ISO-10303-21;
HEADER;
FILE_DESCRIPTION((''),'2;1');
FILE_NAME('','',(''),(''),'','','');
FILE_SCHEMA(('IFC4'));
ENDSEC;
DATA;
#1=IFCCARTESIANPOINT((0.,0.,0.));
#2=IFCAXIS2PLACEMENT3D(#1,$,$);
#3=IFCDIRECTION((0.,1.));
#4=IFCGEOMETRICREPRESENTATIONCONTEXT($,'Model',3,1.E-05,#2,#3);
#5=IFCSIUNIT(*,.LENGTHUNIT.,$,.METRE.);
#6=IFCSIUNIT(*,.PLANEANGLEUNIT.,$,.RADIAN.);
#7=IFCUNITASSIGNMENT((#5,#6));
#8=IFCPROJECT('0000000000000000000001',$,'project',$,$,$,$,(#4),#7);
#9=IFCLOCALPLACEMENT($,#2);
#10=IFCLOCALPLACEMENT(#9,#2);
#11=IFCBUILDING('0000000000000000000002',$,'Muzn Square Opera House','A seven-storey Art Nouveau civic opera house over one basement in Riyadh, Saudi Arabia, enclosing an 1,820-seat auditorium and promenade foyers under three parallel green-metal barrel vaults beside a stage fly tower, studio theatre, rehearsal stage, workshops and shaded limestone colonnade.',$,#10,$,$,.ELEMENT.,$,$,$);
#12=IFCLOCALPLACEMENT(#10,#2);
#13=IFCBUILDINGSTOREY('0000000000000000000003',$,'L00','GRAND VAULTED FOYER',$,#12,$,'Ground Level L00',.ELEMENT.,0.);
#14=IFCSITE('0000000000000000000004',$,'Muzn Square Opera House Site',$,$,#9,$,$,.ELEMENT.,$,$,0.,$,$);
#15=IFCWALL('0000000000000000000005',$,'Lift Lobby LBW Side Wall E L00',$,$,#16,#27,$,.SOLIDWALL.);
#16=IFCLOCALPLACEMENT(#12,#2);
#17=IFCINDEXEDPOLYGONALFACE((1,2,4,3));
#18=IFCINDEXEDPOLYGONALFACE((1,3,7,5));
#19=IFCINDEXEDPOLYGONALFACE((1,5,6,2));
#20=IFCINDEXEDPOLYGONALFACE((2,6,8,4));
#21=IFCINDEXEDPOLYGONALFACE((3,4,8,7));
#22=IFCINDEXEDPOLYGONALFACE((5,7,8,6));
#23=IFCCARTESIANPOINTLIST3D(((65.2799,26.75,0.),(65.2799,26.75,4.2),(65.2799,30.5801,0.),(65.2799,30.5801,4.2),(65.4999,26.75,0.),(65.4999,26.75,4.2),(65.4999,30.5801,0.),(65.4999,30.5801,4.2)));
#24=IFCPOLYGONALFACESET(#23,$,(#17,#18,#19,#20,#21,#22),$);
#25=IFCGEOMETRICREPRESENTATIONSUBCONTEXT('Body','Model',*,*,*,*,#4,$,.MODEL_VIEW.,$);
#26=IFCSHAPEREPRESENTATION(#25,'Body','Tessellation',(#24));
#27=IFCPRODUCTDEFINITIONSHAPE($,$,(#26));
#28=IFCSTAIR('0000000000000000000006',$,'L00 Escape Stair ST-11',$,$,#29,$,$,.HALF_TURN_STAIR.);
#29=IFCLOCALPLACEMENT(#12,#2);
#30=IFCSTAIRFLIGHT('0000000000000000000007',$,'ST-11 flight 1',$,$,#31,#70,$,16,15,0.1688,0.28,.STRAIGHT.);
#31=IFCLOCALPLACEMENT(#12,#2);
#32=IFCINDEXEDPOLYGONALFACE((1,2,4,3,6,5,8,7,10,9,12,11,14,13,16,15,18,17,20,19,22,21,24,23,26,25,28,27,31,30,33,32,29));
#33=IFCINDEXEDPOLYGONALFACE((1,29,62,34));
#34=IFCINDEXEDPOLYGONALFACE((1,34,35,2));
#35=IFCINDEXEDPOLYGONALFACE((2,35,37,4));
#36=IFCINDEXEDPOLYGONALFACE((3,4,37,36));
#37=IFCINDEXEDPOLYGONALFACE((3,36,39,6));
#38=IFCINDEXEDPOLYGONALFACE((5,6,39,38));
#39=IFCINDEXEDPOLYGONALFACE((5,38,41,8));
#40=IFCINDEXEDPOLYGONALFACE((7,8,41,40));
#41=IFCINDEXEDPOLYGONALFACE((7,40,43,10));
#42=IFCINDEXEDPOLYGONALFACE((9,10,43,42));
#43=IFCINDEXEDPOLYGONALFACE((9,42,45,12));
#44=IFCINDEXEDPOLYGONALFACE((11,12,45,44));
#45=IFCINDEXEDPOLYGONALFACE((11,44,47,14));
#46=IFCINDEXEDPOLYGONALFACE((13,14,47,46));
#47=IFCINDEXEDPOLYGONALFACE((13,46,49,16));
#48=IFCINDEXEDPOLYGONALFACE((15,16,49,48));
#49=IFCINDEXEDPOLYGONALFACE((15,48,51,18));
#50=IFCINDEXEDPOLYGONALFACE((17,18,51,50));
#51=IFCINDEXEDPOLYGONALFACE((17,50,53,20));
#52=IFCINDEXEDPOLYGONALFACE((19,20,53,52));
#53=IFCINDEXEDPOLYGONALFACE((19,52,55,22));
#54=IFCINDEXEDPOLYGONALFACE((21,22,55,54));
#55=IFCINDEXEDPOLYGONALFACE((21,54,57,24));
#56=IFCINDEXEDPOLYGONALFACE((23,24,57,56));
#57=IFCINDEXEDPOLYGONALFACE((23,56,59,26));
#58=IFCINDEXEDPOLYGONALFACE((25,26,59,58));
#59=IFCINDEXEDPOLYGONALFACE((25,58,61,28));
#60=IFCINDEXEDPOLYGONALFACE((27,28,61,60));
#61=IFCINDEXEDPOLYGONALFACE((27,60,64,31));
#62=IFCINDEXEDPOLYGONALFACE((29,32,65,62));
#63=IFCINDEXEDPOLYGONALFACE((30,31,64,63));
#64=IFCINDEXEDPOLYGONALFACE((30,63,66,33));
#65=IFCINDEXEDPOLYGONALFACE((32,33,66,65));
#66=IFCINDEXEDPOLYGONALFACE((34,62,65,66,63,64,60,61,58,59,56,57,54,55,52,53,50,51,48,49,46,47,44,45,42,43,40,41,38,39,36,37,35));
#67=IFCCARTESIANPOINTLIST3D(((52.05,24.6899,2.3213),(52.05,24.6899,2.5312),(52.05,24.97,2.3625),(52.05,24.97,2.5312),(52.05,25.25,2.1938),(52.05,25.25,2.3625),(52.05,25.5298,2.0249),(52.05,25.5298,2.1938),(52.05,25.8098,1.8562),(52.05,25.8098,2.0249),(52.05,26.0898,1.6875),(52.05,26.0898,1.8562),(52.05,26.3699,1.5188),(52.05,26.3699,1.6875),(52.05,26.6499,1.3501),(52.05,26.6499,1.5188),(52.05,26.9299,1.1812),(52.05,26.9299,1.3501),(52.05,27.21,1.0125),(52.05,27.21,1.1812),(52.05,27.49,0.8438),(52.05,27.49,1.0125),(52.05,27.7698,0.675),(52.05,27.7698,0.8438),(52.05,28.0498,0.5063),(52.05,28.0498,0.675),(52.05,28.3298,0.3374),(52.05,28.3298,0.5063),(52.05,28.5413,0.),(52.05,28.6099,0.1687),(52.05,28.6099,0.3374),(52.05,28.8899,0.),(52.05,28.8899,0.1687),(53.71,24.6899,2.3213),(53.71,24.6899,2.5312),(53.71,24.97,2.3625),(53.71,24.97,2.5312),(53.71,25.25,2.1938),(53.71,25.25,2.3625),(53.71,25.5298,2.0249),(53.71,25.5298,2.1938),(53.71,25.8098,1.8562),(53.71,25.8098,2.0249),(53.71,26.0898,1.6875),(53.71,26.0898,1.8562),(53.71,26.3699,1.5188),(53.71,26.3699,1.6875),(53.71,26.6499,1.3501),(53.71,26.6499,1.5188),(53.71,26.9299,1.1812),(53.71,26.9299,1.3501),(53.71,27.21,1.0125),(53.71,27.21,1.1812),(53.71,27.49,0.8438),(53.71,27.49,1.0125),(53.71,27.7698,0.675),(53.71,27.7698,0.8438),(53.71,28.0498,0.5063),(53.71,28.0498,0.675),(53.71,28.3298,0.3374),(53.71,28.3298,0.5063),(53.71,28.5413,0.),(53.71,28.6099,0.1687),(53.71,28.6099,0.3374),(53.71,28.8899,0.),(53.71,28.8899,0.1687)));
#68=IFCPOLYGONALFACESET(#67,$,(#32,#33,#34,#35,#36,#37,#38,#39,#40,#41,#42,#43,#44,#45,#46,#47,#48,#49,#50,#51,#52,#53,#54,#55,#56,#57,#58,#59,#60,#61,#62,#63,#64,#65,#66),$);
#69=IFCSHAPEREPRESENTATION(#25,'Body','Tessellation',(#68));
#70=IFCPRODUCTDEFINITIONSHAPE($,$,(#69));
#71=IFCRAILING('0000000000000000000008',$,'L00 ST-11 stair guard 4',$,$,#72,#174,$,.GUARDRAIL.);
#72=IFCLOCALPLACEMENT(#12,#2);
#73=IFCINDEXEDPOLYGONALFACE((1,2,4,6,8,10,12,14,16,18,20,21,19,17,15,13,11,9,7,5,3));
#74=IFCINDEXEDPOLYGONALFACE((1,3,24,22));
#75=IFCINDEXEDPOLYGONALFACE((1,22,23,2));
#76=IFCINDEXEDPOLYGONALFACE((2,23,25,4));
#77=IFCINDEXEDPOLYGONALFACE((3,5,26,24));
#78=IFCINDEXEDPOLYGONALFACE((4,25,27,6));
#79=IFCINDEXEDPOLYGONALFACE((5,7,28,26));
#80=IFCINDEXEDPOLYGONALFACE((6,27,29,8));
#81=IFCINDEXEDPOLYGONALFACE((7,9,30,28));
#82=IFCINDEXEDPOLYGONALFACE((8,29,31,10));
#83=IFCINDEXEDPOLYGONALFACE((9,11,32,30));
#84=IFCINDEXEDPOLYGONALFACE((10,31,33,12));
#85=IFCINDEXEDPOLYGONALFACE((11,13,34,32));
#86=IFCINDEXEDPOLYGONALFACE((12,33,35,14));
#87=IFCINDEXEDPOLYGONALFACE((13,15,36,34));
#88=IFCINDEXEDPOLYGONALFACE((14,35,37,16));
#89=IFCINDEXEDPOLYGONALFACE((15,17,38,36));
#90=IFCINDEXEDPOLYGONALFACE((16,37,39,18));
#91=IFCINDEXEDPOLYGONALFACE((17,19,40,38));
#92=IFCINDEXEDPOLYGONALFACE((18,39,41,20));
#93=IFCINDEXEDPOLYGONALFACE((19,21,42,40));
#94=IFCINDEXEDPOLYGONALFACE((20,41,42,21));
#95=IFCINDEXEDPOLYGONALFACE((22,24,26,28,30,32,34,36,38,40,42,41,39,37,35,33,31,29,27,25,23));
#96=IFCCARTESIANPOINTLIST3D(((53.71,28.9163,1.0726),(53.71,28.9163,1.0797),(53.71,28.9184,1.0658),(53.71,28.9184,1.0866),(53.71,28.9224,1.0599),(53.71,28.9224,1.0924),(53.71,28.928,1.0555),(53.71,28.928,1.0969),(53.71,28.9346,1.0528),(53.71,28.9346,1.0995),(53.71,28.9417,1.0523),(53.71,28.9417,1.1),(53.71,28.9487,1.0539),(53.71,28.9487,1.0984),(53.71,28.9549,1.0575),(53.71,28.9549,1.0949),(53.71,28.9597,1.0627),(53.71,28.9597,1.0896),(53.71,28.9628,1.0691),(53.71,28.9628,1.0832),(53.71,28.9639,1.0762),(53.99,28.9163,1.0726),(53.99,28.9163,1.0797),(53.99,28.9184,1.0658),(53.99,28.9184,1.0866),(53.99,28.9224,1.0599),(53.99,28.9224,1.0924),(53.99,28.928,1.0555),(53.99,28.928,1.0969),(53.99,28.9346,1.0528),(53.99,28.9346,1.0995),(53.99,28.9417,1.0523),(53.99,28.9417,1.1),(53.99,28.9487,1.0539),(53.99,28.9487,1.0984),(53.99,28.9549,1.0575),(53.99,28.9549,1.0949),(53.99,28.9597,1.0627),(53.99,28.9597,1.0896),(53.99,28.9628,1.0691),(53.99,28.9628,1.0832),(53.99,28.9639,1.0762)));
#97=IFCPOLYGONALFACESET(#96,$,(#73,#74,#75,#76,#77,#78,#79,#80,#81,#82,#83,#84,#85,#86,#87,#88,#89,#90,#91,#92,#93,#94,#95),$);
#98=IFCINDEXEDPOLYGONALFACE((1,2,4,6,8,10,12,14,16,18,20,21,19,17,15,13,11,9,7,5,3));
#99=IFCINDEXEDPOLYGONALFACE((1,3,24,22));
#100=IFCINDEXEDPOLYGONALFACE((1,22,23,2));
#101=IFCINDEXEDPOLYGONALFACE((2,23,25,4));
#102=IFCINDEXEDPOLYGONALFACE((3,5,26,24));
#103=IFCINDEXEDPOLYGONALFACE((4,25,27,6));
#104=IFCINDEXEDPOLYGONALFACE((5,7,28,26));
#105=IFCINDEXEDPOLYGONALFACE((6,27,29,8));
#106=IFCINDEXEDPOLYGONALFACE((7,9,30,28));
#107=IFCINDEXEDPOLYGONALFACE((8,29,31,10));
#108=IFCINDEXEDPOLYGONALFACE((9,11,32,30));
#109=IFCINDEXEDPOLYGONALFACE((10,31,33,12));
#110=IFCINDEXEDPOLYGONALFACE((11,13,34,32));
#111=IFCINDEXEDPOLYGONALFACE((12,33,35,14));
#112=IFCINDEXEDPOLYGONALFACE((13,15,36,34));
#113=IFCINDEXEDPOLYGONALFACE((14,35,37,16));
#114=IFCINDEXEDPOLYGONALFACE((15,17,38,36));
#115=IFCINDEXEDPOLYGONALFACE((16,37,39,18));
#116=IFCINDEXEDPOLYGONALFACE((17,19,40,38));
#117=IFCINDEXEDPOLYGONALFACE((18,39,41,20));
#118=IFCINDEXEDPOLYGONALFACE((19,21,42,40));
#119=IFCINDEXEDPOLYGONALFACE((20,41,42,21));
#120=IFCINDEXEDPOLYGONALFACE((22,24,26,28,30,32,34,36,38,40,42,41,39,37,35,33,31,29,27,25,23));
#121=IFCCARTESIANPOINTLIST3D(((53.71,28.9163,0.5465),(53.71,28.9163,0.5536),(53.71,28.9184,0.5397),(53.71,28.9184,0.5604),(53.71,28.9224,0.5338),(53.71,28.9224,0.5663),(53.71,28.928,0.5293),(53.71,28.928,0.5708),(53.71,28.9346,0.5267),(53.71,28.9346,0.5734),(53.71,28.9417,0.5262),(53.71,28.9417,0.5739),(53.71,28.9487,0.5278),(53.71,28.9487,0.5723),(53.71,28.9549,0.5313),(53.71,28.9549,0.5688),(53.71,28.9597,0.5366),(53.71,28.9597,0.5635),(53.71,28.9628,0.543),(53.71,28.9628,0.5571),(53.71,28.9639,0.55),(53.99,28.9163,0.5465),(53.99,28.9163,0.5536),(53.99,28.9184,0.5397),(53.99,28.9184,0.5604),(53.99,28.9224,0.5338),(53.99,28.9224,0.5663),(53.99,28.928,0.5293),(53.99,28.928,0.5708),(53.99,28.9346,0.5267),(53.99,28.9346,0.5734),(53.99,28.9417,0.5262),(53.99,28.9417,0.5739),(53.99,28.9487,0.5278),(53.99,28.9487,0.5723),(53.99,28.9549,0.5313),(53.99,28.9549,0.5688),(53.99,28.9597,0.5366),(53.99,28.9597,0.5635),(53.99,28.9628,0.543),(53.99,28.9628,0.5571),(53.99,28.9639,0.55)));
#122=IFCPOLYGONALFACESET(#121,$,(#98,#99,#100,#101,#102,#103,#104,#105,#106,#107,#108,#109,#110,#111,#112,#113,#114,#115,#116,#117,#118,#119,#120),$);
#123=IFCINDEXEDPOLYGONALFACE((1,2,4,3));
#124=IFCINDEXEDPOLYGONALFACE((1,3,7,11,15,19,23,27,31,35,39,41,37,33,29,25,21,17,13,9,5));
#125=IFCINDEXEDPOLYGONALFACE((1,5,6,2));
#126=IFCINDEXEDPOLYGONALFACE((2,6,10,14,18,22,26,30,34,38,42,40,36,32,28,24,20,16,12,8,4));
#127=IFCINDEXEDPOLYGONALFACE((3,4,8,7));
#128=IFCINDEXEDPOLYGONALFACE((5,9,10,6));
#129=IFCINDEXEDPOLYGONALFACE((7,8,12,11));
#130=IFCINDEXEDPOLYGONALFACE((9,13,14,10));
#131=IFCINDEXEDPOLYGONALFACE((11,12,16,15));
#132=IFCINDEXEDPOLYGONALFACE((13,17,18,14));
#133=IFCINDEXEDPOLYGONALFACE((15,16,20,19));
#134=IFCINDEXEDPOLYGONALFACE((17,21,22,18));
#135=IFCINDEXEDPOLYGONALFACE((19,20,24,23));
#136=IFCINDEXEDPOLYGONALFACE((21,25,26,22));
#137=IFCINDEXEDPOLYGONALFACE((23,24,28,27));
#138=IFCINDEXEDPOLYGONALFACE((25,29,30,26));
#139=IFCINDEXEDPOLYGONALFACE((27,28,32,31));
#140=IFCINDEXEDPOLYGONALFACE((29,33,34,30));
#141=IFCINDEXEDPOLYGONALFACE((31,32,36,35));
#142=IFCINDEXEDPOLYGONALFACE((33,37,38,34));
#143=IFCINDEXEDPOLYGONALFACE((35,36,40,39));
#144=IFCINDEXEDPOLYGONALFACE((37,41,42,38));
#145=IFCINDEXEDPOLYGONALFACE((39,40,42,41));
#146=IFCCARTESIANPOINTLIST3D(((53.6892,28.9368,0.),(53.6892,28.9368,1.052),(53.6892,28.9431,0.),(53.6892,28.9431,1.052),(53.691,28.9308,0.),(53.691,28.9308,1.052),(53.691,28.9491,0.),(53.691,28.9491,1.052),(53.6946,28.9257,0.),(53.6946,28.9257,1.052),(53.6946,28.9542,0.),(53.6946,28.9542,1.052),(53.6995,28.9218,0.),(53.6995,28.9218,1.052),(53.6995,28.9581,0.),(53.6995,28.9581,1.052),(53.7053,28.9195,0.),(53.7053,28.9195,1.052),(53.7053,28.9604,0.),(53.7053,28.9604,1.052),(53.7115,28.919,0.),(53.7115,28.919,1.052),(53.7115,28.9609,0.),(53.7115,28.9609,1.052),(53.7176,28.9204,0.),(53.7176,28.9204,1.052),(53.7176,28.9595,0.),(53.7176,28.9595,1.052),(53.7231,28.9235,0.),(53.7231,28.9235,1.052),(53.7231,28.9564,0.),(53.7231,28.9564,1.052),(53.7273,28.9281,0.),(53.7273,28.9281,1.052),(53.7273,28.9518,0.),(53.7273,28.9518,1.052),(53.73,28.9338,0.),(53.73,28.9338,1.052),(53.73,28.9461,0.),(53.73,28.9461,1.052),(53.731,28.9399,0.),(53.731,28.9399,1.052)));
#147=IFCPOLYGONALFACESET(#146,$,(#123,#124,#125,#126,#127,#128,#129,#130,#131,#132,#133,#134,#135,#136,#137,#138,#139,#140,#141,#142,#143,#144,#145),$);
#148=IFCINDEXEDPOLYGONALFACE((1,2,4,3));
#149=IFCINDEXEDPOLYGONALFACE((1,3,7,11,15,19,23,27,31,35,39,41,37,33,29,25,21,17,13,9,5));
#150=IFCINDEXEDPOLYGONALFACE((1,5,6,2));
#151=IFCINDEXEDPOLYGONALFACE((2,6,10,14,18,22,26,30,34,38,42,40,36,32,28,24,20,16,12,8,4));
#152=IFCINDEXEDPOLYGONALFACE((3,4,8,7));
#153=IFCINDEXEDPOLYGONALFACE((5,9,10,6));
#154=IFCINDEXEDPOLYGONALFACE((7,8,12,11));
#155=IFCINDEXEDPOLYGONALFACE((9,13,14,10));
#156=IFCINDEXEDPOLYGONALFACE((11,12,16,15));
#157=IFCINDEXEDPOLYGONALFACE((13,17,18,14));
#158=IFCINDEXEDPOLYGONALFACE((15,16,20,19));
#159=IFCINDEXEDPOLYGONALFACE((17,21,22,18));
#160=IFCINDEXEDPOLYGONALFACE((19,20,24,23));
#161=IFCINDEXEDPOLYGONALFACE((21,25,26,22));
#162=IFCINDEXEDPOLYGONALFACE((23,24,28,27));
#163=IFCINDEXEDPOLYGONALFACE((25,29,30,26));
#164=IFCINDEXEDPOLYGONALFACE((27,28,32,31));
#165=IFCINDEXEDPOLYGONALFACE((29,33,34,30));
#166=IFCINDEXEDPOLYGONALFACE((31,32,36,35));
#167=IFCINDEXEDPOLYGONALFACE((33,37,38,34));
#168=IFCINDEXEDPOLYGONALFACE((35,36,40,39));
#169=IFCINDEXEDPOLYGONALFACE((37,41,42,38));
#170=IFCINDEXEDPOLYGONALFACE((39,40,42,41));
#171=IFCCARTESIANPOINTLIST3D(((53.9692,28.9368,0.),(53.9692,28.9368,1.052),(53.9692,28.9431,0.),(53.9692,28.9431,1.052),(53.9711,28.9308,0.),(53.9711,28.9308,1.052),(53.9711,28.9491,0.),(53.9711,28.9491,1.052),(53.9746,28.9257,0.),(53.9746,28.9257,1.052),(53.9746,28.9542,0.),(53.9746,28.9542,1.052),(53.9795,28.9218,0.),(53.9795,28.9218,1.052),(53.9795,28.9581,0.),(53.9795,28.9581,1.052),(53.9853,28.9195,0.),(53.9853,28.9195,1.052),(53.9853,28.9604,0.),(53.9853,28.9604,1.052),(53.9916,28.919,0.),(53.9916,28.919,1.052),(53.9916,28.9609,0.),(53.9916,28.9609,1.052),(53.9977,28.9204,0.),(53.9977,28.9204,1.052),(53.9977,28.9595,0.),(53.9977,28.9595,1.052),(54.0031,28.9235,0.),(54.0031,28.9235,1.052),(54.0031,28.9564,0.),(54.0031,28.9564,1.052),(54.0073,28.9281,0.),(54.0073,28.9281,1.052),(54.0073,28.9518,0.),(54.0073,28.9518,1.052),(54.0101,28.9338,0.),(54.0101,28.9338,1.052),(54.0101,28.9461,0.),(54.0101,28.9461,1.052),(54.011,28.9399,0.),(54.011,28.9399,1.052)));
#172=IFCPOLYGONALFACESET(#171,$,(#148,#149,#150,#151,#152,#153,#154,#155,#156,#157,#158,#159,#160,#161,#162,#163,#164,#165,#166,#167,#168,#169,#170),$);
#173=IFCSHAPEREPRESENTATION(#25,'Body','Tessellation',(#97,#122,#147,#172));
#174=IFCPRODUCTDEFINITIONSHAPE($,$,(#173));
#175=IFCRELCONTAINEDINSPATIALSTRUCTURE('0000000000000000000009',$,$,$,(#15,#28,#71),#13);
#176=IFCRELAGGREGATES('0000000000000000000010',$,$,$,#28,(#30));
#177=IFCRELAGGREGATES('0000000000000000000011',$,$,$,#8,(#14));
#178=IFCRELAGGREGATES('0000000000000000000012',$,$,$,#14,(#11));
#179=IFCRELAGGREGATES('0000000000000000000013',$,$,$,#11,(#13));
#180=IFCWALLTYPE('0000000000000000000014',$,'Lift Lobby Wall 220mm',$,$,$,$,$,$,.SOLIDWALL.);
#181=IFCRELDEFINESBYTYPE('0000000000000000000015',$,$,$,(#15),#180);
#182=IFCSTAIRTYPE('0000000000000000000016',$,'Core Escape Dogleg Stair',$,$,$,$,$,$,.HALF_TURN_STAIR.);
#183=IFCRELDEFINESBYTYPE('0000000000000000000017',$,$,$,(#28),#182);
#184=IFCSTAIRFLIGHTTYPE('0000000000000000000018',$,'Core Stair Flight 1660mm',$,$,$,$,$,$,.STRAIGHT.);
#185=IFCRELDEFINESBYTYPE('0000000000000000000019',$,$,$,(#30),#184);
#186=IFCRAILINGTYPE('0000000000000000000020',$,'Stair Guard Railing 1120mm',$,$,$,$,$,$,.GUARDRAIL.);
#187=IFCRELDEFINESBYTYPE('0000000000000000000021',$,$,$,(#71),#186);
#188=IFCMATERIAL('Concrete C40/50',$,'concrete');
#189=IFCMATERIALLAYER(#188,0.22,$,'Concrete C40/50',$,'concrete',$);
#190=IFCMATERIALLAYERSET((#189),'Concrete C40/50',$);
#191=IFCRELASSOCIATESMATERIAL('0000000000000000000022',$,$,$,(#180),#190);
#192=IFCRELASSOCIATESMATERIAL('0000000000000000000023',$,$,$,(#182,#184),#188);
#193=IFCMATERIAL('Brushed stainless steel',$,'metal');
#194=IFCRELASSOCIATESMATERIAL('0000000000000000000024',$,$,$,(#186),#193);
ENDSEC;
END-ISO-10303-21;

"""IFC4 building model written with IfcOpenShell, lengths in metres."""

from ifc_helpers import new_model, si_unit, direction, frame, frame_2d, origin, origin_2d, place, context, subcontext, project, spatial, polyline, rectangle, circle, outline, extrude, material, layer, layer_set, type_object, element, aggregate, save


model = new_model("IFC4")

# Units and contexts
model_context = context("Model", 3, precision=1e-05, world=origin(), true_north=direction((0.0, 1.0)))
body_context = subcontext(model_context, "Body", "Model", "MODEL_VIEW")
ifc_project = project(units=[si_unit("LENGTHUNIT", "METRE"), si_unit("PLANEANGLEUNIT", "RADIAN")], contexts=[model_context])

# Site, building, storey
site_placement = place(None, origin())
site = spatial("IfcSite", under=ifc_project, at=site_placement, Name="Muzn Square Opera House Site", CompositionType="ELEMENT", RefElevation=0.0)
building_placement = place(site_placement, origin())
building = spatial("IfcBuilding", under=site, at=building_placement, Name="Muzn Square Opera House", Description="A seven-storey Art Nouveau civic opera house over one basement in Riyadh, Saudi Arabia, enclosing an 1,820-seat auditorium and promenade foyers under three parallel green-metal barrel vaults beside a stage fly tower, studio theatre, rehearsal stage, workshops and shaded limestone colonnade.", CompositionType="ELEMENT")
storey_placement = place(building_placement, origin())
storey = spatial("IfcBuildingStorey", under=building, at=storey_placement, Name="L00", Description="GRAND VAULTED FOYER", LongName="Ground Level L00", CompositionType="ELEMENT", Elevation=0.0)

# Shared definitions
ifc_material_1 = material(Name="Concrete C40/50", Category="concrete")

# Shared definitions
ifc_layer_1 = layer(ifc_material_1, 0.22, Name="Concrete C40/50", Category="concrete")
ifc_layer_set_1 = layer_set([ifc_layer_1], Name="Concrete C40/50")
wall_type_1 = type_object("IfcWallType", Name="Lift Lobby Wall 220mm", PredefinedType="SOLIDWALL", material=ifc_layer_set_1)

# Wall
for number, where, z_axis, x_axis, name in (
    (1, (65.3899, 26.75, 0.0), (0.0, 0.0, 1.0), (0.0, 1.0, 0.0), "Lift Lobby LBW Side Wall E L00"),
):
    element("IfcWall", number, at=place(storey_placement, frame(where, z_axis=z_axis, x_axis=x_axis)), inside=storey, type_object=wall_type_1, Name=name, PredefinedType="SOLIDWALL", context=body_context, shape_type="SweptSolid", body=[
        extrude(rectangle(XDim=3.8301, YDim=0.22, at=frame_2d((1.915, 0.0))), origin(), (0.0, 0.0, 1.0), 4.2),
    ])

# Stair, stair flight
stair_type = type_object("IfcStairType", Name="Core Escape Dogleg Stair", PredefinedType="HALF_TURN_STAIR", material=ifc_material_1)
stair_placement = place(storey_placement, origin())
stair = element("IfcStair", 2, at=stair_placement, inside=storey, type_object=stair_type, Name="L00 Escape Stair ST-11", PredefinedType="HALF_TURN_STAIR")
stair_flight_type = type_object("IfcStairFlightType", Name="Core Stair Flight 1660mm", PredefinedType="STRAIGHT", material=ifc_material_1)
stair_flight_placement = place(storey_placement, frame((52.8799, 28.8899, 0.0), z_axis=(0.0, 0.0, 1.0), x_axis=(0.0, -1.0, 0.0)))
stair_flight = element("IfcStairFlight", 3, at=stair_flight_placement, type_object=stair_flight_type, Name="ST-11 flight 1", NumberOfRisers=16, NumberOfTreads=15, PredefinedType="STRAIGHT", RiserHeight=0.1688, TreadLength=0.28, context=body_context, shape_type="SweptSolid", body=[
    extrude(outline(polyline([(0.0, 0.0), (0.0, 0.1687), (0.28, 0.1687), (0.28, 0.3374), (0.5601, 0.3374), (0.5601, 0.5063), (0.8401, 0.5063), (0.8401, 0.675), (1.1201, 0.675), (1.1201, 0.8438), (1.3999, 0.8438), (1.3999, 1.0125), (1.6799, 1.0125), (1.6799, 1.1812), (1.96, 1.1812), (1.96, 1.3501), (2.24, 1.3501), (2.24, 1.5188), (2.52, 1.5188), (2.52, 1.6875), (2.8, 1.6875), (2.8, 1.8562), (3.0801, 1.8562), (3.0801, 2.0249), (3.3601, 2.0249), (3.3601, 2.1938), (3.6399, 2.1938), (3.6399, 2.3625), (3.9199, 2.3625), (3.9199, 2.5312), (4.2, 2.5312), (4.2, 2.7), (4.2, 2.3213), (0.3486, 0.0), (0.0, 0.0)])), frame((0.0, 0.8301, 0.0), z_axis=(0.0, -1.0, 0.0), x_axis=(1.0, 0.0, 0.0)), (0.0, 0.0, 1.0), 1.6599),
])
aggregate(stair, [stair_flight])

# Railing
ifc_material_2 = material(Name="Brushed stainless steel", Category="metal")
railing_type_1 = type_object("IfcRailingType", Name="Stair Guard Railing 1120mm", PredefinedType="GUARDRAIL", material=ifc_material_2)
railing_1_placement = place(storey_placement, frame((53.71, 28.9399, 0.0)))
element("IfcRailing", 4, at=railing_1_placement, inside=storey, type_object=railing_type_1, Name="L00 ST-11 stair guard 4", PredefinedType="GUARDRAIL", context=body_context, shape_type="SweptSolid", body=[
    extrude(circle(Radius=0.0239, at=origin_2d()), frame((0.0, 0.0, 1.0762), z_axis=(1.0, 0.0, 0.0), x_axis=(0.0, 1.0, 0.0)), (0.0, 0.0, 1.0), 0.28),
    extrude(circle(Radius=0.0239, at=origin_2d()), frame((0.0, 0.0, 0.55), z_axis=(1.0, 0.0, 0.0), x_axis=(0.0, 1.0, 0.0)), (0.0, 0.0, 1.0), 0.28),
    extrude(circle(Radius=0.021, at=origin_2d()), origin(), (0.0, 0.0, 1.0), 1.052),
    extrude(circle(Radius=0.021, at=origin_2d()), frame((0.28, 0.0, 0.0)), (0.0, 0.0, 1.0), 1.052),
])

save(model, "model.ifc")
